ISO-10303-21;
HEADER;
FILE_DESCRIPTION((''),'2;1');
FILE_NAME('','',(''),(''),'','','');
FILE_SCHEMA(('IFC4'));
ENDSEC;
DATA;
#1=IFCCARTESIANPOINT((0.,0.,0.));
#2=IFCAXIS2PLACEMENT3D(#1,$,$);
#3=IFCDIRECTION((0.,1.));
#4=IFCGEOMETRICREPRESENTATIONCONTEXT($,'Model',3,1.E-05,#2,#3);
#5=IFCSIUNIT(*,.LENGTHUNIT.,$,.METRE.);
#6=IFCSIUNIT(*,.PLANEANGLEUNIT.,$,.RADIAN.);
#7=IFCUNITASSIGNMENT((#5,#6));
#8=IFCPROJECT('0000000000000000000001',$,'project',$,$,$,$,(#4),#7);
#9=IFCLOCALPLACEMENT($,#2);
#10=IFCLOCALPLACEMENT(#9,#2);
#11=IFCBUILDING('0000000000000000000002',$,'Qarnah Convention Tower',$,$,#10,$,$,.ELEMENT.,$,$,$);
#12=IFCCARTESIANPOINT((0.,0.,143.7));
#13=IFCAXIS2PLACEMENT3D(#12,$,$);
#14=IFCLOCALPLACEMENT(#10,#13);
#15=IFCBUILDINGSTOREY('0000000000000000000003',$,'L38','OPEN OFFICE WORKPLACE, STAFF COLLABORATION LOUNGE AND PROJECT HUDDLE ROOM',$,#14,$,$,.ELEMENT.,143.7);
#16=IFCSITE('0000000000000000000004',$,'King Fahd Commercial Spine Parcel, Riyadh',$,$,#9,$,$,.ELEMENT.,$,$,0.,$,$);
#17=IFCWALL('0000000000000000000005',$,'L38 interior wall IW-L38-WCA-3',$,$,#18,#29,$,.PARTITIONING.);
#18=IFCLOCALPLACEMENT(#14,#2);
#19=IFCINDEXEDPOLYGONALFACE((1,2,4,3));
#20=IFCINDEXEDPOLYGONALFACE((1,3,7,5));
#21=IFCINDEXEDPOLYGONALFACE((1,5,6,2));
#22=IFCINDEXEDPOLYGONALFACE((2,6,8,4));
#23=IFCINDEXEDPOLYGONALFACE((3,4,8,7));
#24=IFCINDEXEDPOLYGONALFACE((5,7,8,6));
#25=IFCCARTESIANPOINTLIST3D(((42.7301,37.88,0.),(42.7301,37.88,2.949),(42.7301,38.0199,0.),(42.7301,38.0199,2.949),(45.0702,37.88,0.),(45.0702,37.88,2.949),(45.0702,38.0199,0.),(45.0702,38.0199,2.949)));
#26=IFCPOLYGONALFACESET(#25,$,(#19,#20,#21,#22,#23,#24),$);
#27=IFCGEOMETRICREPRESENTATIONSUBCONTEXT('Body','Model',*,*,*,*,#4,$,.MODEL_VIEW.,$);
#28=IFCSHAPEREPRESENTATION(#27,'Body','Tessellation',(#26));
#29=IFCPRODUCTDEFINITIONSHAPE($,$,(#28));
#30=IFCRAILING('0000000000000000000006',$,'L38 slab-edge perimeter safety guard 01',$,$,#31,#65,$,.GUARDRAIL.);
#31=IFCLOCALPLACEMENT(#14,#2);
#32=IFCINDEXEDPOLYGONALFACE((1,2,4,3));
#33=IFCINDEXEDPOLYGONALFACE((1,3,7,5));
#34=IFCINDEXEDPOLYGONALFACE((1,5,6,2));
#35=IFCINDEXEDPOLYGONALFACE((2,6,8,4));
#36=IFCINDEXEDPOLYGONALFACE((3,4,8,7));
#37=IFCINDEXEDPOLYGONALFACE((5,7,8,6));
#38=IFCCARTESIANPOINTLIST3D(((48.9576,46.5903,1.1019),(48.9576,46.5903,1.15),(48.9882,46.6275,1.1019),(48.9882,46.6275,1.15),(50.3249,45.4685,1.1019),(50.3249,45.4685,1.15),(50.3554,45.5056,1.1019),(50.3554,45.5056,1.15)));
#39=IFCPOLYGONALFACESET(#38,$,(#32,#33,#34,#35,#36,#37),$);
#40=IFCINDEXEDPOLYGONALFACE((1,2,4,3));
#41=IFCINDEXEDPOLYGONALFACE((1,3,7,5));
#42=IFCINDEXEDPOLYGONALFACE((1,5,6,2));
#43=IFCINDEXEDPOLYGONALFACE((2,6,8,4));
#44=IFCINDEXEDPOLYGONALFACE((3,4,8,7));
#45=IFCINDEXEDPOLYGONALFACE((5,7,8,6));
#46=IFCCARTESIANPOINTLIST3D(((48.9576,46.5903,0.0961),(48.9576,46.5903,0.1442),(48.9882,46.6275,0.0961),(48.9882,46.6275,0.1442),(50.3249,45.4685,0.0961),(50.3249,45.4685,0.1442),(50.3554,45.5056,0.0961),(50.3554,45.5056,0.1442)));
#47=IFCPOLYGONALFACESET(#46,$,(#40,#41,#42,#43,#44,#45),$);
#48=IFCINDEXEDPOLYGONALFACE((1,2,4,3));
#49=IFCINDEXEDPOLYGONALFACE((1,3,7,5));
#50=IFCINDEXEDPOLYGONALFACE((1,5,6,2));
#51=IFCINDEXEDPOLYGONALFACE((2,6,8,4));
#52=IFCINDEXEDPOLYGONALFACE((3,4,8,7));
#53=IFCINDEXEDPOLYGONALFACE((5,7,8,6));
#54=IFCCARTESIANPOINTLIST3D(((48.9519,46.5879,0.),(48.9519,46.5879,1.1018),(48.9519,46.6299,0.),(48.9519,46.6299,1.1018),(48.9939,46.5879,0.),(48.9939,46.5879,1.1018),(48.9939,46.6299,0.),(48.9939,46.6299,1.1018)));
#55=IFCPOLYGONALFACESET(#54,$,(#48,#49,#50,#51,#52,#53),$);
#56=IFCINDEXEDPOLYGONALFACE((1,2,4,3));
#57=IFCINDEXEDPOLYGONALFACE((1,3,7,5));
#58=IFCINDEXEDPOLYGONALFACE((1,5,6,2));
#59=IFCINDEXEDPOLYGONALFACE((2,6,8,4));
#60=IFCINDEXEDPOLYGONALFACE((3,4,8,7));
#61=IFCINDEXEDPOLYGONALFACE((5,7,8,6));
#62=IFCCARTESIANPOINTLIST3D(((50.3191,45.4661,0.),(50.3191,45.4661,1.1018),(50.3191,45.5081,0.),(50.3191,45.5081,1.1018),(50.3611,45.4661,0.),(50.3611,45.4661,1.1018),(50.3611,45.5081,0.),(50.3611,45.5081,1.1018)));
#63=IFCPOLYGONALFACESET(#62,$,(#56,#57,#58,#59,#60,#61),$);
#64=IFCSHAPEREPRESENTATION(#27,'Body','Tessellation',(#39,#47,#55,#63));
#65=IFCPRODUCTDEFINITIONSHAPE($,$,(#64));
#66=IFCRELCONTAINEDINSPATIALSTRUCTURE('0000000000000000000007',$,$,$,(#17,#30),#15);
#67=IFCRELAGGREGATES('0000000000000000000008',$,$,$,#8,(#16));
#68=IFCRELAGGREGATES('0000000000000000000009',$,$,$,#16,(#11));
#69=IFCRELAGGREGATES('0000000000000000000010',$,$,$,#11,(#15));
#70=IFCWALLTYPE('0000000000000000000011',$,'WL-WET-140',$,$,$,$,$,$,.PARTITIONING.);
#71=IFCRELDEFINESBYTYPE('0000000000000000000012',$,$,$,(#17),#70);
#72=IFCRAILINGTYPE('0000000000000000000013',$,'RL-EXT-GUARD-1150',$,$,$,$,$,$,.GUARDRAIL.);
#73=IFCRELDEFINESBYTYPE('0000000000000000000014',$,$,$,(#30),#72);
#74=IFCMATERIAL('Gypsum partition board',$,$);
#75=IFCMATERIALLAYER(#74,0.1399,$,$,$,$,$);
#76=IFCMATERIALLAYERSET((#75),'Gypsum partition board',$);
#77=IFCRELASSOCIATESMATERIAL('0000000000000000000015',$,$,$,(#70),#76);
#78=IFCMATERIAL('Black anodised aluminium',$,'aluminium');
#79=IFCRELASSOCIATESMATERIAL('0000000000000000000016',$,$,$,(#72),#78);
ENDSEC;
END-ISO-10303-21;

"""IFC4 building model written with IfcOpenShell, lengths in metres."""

from ifc_helpers import new_model, si_unit, direction, frame, frame_2d, origin, origin_2d, place, context, subcontext, project, spatial, rectangle, extrude, material, layer, layer_set, type_object, element, save


model = new_model("IFC4")

# Units and contexts
model_context = context("Model", 3, precision=1e-05, world=origin(), true_north=direction((0.0, 1.0)))
body_context = subcontext(model_context, "Body", "Model", "MODEL_VIEW")
ifc_project = project(units=[si_unit("LENGTHUNIT", "METRE"), si_unit("PLANEANGLEUNIT", "RADIAN")], contexts=[model_context])

# Site, building, storey
site_placement = place(None, origin())
site = spatial("IfcSite", under=ifc_project, at=site_placement, Name="King Fahd Commercial Spine Parcel, Riyadh", CompositionType="ELEMENT", RefElevation=0.0)
building_placement = place(site_placement, origin())
building = spatial("IfcBuilding", under=site, at=building_placement, Name="Qarnah Convention Tower", CompositionType="ELEMENT")
storey_placement = place(building_placement, frame((0.0, 0.0, 143.7)))
storey = spatial("IfcBuildingStorey", under=building, at=storey_placement, Name="L38", Description="OPEN OFFICE WORKPLACE, STAFF COLLABORATION LOUNGE AND PROJECT HUDDLE ROOM", CompositionType="ELEMENT", Elevation=143.7)

# Shared definitions
ifc_material_1 = material(Name="Black anodised aluminium", Category="aluminium")

# Shared definitions
ifc_material_2 = material(Name="Gypsum partition board")

# Wall
ifc_layer_1 = layer(ifc_material_2, 0.1399)
ifc_layer_set_1 = layer_set([ifc_layer_1], Name="Gypsum partition board")
wall_type_1 = type_object("IfcWallType", Name="WL-WET-140", PredefinedType="PARTITIONING", material=ifc_layer_set_1)
wall_1_placement = place(storey_placement, frame((45.0701, 37.95, 0.0), z_axis=(0.0, 0.0, 1.0), x_axis=(-1.0, 0.0, 0.0)))
element("IfcWall", 1, at=wall_1_placement, inside=storey, type_object=wall_type_1, Name="L38 interior wall IW-L38-WCA-3", PredefinedType="PARTITIONING", context=body_context, shape_type="SweptSolid", body=[
    extrude(rectangle(XDim=2.3401, YDim=0.1399, at=frame_2d((1.1699, 0.0))), origin(), (0.0, 0.0, 1.0), 2.949),
])

# Railing
railing_type = type_object("IfcRailingType", Name="RL-EXT-GUARD-1150", PredefinedType="GUARDRAIL", material=ifc_material_1)
railing_1_placement = place(storey_placement, frame((48.9729, 46.6089, 0.0)))
element("IfcRailing", 2, at=railing_1_placement, inside=storey, type_object=railing_type, Name="L38 slab-edge perimeter safety guard 01", PredefinedType="GUARDRAIL", context=body_context, shape_type="SweptSolid", body=[
    extrude(rectangle(XDim=0.0481, YDim=0.0481, at=origin_2d()), frame((0.0, 0.0, 1.126), z_axis=(0.773065, -0.634327, 0.0), x_axis=(0.634327, 0.773065, 0.0)), (0.0, 0.0, 1.0), 1.7686),
    extrude(rectangle(XDim=0.0481, YDim=0.0481, at=origin_2d()), frame((0.0, 0.0, 0.1201), z_axis=(0.773065, -0.634327, 0.0), x_axis=(0.634327, 0.773065, 0.0)), (0.0, 0.0, 1.0), 1.7686),
    extrude(rectangle(XDim=0.042, YDim=0.042, at=origin_2d()), origin(), (0.0, 0.0, 1.0), 1.1018),
    extrude(rectangle(XDim=0.042, YDim=0.042, at=origin_2d()), frame((1.3672, -1.1218, 0.0)), (0.0, 0.0, 1.0), 1.1018),
])

save(model, "model.ifc")
